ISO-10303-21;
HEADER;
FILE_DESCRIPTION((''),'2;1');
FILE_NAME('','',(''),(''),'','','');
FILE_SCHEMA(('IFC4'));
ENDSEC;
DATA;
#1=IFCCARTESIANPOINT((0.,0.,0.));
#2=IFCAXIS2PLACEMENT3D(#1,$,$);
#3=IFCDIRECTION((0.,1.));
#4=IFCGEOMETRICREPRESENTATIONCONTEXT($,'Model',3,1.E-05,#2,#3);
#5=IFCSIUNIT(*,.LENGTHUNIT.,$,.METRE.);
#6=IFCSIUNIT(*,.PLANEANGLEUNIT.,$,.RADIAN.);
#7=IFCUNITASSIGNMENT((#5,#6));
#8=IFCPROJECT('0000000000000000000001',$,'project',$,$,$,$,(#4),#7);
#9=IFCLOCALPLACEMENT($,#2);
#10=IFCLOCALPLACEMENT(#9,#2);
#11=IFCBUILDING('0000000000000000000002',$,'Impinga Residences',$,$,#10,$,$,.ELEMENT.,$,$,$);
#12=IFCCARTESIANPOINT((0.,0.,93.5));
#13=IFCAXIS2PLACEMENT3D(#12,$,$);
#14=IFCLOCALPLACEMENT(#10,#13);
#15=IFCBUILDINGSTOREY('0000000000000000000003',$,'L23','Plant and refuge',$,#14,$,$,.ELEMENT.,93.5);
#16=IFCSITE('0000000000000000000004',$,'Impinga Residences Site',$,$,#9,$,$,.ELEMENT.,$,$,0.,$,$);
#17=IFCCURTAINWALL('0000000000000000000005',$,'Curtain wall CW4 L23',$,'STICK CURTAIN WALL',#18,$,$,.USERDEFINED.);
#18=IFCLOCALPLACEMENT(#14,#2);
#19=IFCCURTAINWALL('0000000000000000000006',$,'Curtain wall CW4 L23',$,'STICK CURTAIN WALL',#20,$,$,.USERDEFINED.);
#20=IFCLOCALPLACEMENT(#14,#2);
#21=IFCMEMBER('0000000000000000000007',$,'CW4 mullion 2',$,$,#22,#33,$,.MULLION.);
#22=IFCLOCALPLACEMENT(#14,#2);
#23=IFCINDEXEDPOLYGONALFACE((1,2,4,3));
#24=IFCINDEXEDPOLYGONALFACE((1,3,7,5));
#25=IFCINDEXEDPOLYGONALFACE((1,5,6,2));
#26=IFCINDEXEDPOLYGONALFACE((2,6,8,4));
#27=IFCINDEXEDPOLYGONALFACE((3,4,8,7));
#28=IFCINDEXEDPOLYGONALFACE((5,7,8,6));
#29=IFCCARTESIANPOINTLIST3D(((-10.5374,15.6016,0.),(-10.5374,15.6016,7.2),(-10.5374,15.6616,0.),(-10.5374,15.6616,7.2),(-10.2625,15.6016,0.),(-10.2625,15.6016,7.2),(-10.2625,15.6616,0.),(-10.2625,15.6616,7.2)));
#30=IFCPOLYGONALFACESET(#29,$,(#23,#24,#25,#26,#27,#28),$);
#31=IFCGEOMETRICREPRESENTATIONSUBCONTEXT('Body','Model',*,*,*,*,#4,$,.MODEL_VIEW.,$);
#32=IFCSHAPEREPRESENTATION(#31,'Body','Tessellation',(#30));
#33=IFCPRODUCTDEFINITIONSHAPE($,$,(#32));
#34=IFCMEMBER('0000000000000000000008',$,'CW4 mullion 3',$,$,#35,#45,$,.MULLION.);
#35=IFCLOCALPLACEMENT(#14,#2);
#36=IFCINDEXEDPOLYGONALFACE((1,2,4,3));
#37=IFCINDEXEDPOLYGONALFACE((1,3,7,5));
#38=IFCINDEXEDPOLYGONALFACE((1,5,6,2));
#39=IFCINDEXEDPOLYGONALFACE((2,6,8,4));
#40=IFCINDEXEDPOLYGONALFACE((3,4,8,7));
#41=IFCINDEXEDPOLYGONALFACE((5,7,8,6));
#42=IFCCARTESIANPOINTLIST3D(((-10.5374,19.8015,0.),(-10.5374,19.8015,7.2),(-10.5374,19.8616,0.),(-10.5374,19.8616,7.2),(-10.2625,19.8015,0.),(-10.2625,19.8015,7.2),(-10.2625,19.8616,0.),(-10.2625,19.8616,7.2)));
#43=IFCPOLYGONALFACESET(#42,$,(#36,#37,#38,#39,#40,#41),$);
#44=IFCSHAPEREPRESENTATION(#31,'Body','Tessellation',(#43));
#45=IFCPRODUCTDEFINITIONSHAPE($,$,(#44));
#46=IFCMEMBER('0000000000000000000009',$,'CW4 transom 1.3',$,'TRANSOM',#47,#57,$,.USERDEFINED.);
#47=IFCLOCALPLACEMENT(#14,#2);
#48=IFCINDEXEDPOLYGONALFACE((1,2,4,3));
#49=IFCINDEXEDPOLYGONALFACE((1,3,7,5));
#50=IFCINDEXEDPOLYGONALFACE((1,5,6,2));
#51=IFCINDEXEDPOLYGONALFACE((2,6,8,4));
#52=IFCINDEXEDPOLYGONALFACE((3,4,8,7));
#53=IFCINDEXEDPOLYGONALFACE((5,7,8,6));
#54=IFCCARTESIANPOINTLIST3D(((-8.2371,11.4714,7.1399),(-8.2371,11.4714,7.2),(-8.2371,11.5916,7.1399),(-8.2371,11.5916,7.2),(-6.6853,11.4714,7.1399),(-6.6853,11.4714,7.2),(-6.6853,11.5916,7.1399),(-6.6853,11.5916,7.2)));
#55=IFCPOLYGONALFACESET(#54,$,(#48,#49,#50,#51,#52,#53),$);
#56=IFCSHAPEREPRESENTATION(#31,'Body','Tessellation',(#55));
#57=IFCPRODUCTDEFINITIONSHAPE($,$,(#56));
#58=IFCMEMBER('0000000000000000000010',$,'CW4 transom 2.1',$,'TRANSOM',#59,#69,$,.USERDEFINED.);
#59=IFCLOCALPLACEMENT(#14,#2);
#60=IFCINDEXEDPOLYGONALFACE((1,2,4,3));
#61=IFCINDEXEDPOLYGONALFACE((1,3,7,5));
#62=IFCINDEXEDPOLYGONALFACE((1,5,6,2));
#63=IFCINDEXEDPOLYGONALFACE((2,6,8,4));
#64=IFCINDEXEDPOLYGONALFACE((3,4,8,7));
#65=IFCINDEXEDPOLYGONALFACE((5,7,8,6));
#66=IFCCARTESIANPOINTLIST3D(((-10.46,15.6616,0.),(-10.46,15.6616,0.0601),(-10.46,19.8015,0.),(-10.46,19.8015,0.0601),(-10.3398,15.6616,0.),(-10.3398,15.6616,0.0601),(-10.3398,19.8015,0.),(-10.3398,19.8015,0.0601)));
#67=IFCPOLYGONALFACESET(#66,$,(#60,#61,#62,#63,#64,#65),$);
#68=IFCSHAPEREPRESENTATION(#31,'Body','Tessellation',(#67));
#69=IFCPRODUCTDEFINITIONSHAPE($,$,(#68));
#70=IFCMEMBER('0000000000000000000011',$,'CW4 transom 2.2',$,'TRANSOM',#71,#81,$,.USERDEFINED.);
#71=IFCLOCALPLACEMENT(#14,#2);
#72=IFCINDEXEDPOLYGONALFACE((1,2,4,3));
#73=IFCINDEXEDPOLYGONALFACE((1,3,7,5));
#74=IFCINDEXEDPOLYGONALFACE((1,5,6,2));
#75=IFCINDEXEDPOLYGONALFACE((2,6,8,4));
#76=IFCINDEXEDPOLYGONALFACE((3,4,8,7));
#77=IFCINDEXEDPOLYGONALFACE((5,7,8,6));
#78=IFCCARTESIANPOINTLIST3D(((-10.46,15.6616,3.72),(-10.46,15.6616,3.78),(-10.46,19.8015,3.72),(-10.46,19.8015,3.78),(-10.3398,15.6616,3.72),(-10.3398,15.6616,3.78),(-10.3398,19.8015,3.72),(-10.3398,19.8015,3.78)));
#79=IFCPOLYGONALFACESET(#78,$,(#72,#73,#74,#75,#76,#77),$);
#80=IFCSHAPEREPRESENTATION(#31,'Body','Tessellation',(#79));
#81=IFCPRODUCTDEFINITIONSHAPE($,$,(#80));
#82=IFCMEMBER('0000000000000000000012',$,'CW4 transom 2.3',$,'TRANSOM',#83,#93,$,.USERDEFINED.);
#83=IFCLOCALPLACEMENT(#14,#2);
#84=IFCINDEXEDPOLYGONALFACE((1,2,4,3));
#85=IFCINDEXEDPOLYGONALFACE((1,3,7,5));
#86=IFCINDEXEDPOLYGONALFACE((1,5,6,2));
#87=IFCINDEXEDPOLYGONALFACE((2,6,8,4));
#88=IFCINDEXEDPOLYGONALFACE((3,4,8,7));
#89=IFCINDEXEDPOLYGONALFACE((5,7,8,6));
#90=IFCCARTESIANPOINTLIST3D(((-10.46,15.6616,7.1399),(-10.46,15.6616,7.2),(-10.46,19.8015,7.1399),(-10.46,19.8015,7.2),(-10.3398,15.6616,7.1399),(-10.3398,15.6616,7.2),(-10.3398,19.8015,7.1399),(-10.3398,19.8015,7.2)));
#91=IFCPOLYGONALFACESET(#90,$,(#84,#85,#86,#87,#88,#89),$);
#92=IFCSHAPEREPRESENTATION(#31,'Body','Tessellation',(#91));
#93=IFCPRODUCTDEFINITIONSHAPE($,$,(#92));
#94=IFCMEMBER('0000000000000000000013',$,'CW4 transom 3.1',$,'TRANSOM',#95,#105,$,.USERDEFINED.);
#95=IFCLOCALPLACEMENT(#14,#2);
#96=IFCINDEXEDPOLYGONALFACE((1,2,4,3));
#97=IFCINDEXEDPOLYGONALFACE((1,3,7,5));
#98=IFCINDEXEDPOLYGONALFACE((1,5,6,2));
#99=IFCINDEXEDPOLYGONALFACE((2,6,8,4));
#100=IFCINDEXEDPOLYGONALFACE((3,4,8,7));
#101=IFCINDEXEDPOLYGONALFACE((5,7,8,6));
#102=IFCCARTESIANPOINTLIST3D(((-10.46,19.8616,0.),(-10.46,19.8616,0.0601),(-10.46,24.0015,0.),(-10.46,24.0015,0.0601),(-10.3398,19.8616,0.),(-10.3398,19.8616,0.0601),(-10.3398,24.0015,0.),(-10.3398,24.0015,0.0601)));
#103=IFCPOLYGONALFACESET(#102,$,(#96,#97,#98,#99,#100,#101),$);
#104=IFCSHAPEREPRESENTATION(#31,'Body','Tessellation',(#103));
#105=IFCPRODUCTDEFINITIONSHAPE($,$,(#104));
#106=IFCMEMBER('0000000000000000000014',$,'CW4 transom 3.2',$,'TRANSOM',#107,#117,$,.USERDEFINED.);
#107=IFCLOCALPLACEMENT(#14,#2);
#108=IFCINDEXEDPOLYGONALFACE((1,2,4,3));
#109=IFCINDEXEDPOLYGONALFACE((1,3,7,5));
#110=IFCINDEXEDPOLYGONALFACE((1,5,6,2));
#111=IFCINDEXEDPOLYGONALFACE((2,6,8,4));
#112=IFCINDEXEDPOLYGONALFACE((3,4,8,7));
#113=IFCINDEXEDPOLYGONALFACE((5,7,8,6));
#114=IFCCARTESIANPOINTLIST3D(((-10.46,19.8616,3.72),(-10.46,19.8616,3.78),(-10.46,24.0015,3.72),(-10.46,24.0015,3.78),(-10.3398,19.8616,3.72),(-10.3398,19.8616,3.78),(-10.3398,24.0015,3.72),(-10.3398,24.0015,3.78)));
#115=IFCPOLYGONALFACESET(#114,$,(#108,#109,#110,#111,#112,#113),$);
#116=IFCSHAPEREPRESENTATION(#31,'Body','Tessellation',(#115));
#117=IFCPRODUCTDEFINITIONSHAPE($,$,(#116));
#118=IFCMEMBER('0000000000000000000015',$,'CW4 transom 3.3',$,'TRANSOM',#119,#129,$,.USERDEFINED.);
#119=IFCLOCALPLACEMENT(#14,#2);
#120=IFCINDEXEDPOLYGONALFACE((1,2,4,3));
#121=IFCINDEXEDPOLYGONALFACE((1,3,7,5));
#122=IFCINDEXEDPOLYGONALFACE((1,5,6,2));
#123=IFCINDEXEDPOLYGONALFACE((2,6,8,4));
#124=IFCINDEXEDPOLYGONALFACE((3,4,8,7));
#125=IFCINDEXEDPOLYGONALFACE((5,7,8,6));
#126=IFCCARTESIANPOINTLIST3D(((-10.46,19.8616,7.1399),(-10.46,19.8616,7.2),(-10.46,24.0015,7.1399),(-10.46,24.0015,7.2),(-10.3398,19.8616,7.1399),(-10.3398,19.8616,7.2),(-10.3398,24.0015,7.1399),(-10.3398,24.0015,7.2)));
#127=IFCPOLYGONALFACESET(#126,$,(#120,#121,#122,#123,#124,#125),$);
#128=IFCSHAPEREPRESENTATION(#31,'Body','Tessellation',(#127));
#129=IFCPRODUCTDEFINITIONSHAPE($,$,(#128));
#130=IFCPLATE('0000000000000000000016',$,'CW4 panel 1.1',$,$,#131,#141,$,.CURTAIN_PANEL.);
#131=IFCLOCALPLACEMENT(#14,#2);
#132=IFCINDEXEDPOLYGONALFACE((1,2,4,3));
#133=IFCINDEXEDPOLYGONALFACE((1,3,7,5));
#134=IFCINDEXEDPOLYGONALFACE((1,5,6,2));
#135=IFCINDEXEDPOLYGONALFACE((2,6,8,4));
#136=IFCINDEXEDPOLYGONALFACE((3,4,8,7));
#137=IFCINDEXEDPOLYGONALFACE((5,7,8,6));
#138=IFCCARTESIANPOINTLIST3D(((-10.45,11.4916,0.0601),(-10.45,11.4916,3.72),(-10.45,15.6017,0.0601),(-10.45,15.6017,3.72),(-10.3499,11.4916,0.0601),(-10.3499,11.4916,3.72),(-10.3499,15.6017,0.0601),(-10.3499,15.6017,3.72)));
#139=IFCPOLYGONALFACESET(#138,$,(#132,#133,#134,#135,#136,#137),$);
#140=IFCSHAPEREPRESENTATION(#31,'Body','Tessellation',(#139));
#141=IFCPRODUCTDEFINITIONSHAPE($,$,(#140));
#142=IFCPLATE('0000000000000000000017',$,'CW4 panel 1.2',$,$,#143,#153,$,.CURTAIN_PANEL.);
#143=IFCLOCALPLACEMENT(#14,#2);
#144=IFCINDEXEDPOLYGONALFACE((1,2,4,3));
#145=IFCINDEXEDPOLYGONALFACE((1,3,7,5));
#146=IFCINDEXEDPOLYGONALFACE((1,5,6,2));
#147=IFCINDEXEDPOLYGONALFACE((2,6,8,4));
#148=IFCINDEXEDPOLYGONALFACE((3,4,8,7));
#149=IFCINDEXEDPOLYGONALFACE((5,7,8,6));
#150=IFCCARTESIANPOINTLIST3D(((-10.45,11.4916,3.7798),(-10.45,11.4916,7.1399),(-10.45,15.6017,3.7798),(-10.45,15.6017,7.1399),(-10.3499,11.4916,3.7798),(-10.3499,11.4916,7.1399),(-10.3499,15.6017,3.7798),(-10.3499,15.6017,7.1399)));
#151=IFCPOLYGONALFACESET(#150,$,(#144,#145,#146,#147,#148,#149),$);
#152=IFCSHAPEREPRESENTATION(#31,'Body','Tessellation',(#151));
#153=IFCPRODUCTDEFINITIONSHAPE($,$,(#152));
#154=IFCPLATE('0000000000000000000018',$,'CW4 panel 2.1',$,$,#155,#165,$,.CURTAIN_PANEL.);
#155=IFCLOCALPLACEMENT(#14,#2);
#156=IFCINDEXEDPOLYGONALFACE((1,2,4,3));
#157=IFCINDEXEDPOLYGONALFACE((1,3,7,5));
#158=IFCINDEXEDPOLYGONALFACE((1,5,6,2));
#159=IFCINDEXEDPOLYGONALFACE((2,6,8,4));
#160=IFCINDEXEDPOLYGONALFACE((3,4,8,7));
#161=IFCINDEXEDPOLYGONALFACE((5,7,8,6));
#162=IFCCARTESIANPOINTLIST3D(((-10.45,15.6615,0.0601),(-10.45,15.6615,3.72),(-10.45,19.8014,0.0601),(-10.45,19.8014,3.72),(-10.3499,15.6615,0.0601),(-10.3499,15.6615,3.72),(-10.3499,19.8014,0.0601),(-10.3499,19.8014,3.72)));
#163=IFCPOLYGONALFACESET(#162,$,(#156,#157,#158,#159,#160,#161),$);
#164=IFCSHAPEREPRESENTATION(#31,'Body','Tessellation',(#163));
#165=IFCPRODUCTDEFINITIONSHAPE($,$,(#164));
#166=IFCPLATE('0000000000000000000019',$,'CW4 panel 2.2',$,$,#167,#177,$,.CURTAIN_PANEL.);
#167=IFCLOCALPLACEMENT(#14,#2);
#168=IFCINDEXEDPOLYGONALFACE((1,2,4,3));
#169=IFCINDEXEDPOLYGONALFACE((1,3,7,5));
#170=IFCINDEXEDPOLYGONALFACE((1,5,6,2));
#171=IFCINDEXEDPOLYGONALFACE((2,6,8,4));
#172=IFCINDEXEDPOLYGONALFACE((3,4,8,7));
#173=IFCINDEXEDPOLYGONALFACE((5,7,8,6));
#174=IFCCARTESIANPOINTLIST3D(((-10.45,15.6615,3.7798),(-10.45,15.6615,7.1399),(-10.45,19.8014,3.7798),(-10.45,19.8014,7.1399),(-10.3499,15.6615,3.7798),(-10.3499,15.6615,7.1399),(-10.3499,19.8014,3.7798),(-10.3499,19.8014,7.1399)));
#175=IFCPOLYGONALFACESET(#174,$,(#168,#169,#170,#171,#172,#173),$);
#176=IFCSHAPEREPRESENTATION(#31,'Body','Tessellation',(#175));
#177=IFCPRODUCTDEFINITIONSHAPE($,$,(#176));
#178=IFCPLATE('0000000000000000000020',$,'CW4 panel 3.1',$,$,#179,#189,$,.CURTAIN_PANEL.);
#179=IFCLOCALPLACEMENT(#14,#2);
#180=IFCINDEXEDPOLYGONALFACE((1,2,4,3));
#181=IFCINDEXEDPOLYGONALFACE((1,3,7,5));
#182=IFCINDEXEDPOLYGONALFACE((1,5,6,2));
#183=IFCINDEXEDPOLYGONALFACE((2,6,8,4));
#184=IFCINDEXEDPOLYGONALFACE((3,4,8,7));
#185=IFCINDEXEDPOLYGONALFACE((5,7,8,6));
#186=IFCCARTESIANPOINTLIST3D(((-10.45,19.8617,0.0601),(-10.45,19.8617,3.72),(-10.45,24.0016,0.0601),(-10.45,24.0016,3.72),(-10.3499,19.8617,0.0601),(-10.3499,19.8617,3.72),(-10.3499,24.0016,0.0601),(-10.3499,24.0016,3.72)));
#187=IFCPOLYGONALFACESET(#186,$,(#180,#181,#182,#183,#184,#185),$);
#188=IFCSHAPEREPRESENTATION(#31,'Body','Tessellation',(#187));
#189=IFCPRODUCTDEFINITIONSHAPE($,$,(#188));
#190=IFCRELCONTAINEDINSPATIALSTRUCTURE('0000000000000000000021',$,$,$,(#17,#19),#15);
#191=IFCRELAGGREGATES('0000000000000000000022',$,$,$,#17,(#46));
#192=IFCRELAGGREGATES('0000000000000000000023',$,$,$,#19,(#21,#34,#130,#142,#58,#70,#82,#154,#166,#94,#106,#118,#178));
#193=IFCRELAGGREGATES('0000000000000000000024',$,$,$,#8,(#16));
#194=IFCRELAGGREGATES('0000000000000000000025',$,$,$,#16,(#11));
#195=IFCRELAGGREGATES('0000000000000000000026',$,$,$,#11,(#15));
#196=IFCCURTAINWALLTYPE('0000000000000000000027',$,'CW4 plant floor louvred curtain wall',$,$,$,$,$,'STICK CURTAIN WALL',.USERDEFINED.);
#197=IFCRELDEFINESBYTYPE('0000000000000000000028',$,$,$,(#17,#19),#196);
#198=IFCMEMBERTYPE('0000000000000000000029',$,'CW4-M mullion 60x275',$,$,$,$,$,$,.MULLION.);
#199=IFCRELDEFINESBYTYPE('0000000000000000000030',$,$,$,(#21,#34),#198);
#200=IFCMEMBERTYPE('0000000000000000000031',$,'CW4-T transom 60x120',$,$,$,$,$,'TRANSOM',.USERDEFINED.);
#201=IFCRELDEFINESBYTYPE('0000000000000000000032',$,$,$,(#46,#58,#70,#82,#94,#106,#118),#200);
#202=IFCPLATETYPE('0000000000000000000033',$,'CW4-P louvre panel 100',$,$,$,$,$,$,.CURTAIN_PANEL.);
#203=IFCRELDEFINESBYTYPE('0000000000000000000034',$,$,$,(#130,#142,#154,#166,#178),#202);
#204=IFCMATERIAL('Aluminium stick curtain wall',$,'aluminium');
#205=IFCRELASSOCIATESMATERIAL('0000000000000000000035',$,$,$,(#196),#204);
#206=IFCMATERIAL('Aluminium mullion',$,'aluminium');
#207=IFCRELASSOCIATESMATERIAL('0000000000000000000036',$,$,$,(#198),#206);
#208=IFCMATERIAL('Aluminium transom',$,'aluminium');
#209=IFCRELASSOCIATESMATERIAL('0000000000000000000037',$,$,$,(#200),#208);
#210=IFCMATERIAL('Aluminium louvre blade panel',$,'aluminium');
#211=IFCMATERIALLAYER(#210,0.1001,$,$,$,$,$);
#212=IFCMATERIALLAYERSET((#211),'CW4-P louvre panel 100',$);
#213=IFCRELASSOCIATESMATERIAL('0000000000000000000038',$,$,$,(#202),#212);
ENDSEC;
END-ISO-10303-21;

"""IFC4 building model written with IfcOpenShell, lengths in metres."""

from ifc_helpers import new_model, si_unit, direction, frame, origin, origin_2d, place, context, subcontext, project, spatial, rectangle, extrude, material, layer, layer_set, material_profile, profile_set, type_object, element, aggregate, save


model = new_model("IFC4")

# Units and contexts
model_context = context("Model", 3, precision=1e-05, world=origin(), true_north=direction((0.0, 1.0)))
body_context = subcontext(model_context, "Body", "Model", "MODEL_VIEW")
ifc_project = project(units=[si_unit("LENGTHUNIT", "METRE"), si_unit("PLANEANGLEUNIT", "RADIAN")], contexts=[model_context])

# Site, building, storey
site_placement = place(None, origin())
site = spatial("IfcSite", under=ifc_project, at=site_placement, Name="Impinga Residences Site", CompositionType="ELEMENT", RefElevation=0.0)
building_placement = place(site_placement, origin())
building = spatial("IfcBuilding", under=site, at=building_placement, Name="Impinga Residences", CompositionType="ELEMENT")
storey_placement = place(building_placement, frame((0.0, 0.0, 93.5)))
storey = spatial("IfcBuildingStorey", under=building, at=storey_placement, Name="L23", Description="Plant and refuge", CompositionType="ELEMENT", Elevation=93.5)

# Curtain wall
ifc_material_1 = material(Name="Aluminium stick curtain wall", Category="aluminium")
curtain_wall_type = type_object("IfcCurtainWallType", Name="CW4 plant floor louvred curtain wall", ElementType="STICK CURTAIN WALL", PredefinedType="USERDEFINED", material=ifc_material_1)
curtain_wall_1_placement = place(storey_placement, origin())
curtain_wall_1 = element("IfcCurtainWall", 1, at=curtain_wall_1_placement, inside=storey, type_object=curtain_wall_type, Name="Curtain wall CW4 L23", ObjectType="STICK CURTAIN WALL", PredefinedType="USERDEFINED")
ifc_material_2 = material(Name="Aluminium mullion", Category="aluminium")
ifc_material_profile_1 = material_profile(ifc_material_2, rectangle(XDim=0.0601, YDim=0.2749, at=origin_2d()), Name="60x275 mullion")
ifc_profile_set_1 = profile_set([ifc_material_profile_1], Name="Aluminium mullion")
member_type_1 = type_object("IfcMemberType", Name="CW4-M mullion 60x275", PredefinedType="MULLION", material=ifc_profile_set_1)

# Curtain wall, members
curtain_wall_2_placement = place(storey_placement, origin())
curtain_wall_2 = element("IfcCurtainWall", 2, at=curtain_wall_2_placement, inside=storey, type_object=curtain_wall_type, Name="Curtain wall CW4 L23", ObjectType="STICK CURTAIN WALL", PredefinedType="USERDEFINED")
member_1_placement = place(storey_placement, frame((-10.3999, 15.6316, 0.0), z_axis=(0.0, 0.0, 1.0), x_axis=(0.0, 1.0, 0.0)))
member_1 = element("IfcMember", 3, at=member_1_placement, type_object=member_type_1, Name="CW4 mullion 2", PredefinedType="MULLION", context=body_context, shape_type="SweptSolid", body=[
    extrude(rectangle(XDim=0.0601, YDim=0.2749, at=origin_2d()), origin(), (0.0, 0.0, 1.0), 7.2),
])
member_2_placement = place(storey_placement, frame((-10.3999, 19.8315, 0.0), z_axis=(0.0, 0.0, 1.0), x_axis=(0.0, 1.0, 0.0)))
member_2 = element("IfcMember", 4, at=member_2_placement, type_object=member_type_1, Name="CW4 mullion 3", PredefinedType="MULLION", context=body_context, shape_type="SweptSolid", body=[
    extrude(rectangle(XDim=0.0601, YDim=0.2749, at=origin_2d()), origin(), (0.0, 0.0, 1.0), 7.2),
])

# Members
ifc_material_3 = material(Name="Aluminium transom", Category="aluminium")
ifc_material_profile_2 = material_profile(ifc_material_3, rectangle(XDim=0.0601, YDim=0.1201, at=origin_2d()), Name="60x120 transom")
ifc_profile_set_2 = profile_set([ifc_material_profile_2], Name="Aluminium transom")
member_type_2 = type_object("IfcMemberType", Name="CW4-T transom 60x120", ElementType="TRANSOM", PredefinedType="USERDEFINED", material=ifc_profile_set_2)
member_3_placement = place(storey_placement, frame((-6.6853, 11.5315, 7.1699), z_axis=(-1.0, 0.0, 0.0), x_axis=(0.0, 0.0, 1.0)))
member_3 = element("IfcMember", 5, at=member_3_placement, type_object=member_type_2, Name="CW4 transom 1.3", ObjectType="TRANSOM", PredefinedType="USERDEFINED", context=body_context, shape_type="SweptSolid", body=[
    extrude(rectangle(XDim=0.0601, YDim=0.1201, at=origin_2d()), origin(), (0.0, 0.0, 1.0), 1.5518),
])
aggregate(curtain_wall_1, [member_3])
member_4_placement = place(storey_placement, frame((-10.3999, 15.6616, 0.03), z_axis=(0.0, 1.0, 0.0), x_axis=(0.0, 0.0, 1.0)))
member_4 = element("IfcMember", 6, at=member_4_placement, type_object=member_type_2, Name="CW4 transom 2.1", ObjectType="TRANSOM", PredefinedType="USERDEFINED", context=body_context, shape_type="SweptSolid", body=[
    extrude(rectangle(XDim=0.0601, YDim=0.1201, at=origin_2d()), origin(), (0.0, 0.0, 1.0), 4.1399),
])
member_5_placement = place(storey_placement, frame((-10.3999, 15.6616, 3.75), z_axis=(0.0, 1.0, 0.0), x_axis=(0.0, 0.0, 1.0)))
member_5 = element("IfcMember", 7, at=member_5_placement, type_object=member_type_2, Name="CW4 transom 2.2", ObjectType="TRANSOM", PredefinedType="USERDEFINED", context=body_context, shape_type="SweptSolid", body=[
    extrude(rectangle(XDim=0.0601, YDim=0.1201, at=origin_2d()), origin(), (0.0, 0.0, 1.0), 4.1399),
])
member_6_placement = place(storey_placement, frame((-10.3999, 15.6616, 7.1699), z_axis=(0.0, 1.0, 0.0), x_axis=(0.0, 0.0, 1.0)))
member_6 = element("IfcMember", 8, at=member_6_placement, type_object=member_type_2, Name="CW4 transom 2.3", ObjectType="TRANSOM", PredefinedType="USERDEFINED", context=body_context, shape_type="SweptSolid", body=[
    extrude(rectangle(XDim=0.0601, YDim=0.1201, at=origin_2d()), origin(), (0.0, 0.0, 1.0), 4.1399),
])
member_7_placement = place(storey_placement, frame((-10.3999, 19.8616, 0.03), z_axis=(0.0, 1.0, 0.0), x_axis=(0.0, 0.0, 1.0)))
member_7 = element("IfcMember", 9, at=member_7_placement, type_object=member_type_2, Name="CW4 transom 3.1", ObjectType="TRANSOM", PredefinedType="USERDEFINED", context=body_context, shape_type="SweptSolid", body=[
    extrude(rectangle(XDim=0.0601, YDim=0.1201, at=origin_2d()), origin(), (0.0, 0.0, 1.0), 4.1399),
])
member_8_placement = place(storey_placement, frame((-10.3999, 19.8616, 3.75), z_axis=(0.0, 1.0, 0.0), x_axis=(0.0, 0.0, 1.0)))
member_8 = element("IfcMember", 10, at=member_8_placement, type_object=member_type_2, Name="CW4 transom 3.2", ObjectType="TRANSOM", PredefinedType="USERDEFINED", context=body_context, shape_type="SweptSolid", body=[
    extrude(rectangle(XDim=0.0601, YDim=0.1201, at=origin_2d()), origin(), (0.0, 0.0, 1.0), 4.1399),
])
member_9_placement = place(storey_placement, frame((-10.3999, 19.8616, 7.1699), z_axis=(0.0, 1.0, 0.0), x_axis=(0.0, 0.0, 1.0)))
member_9 = element("IfcMember", 11, at=member_9_placement, type_object=member_type_2, Name="CW4 transom 3.3", ObjectType="TRANSOM", PredefinedType="USERDEFINED", context=body_context, shape_type="SweptSolid", body=[
    extrude(rectangle(XDim=0.0601, YDim=0.1201, at=origin_2d()), origin(), (0.0, 0.0, 1.0), 4.1399),
])

# Plates
ifc_material_4 = material(Name="Aluminium louvre blade panel", Category="aluminium")
ifc_layer_1 = layer(ifc_material_4, 0.1001)
ifc_layer_set_1 = layer_set([ifc_layer_1], Name="CW4-P louvre panel 100")
plate_type = type_object("IfcPlateType", Name="CW4-P louvre panel 100", PredefinedType="CURTAIN_PANEL", material=ifc_layer_set_1)
plate_1_placement = place(storey_placement, frame((-10.3999, 13.5466, 0.0601), z_axis=(0.0, 0.0, 1.0), x_axis=(0.0, 1.0, 0.0)))
plate_1 = element("IfcPlate", 12, at=plate_1_placement, type_object=plate_type, Name="CW4 panel 1.1", PredefinedType="CURTAIN_PANEL", context=body_context, shape_type="SweptSolid", body=[
    extrude(rectangle(XDim=4.1101, YDim=0.1001, at=origin_2d()), origin(), (0.0, 0.0, 1.0), 3.6599),
])
plate_2_placement = place(storey_placement, frame((-10.3999, 13.5466, 3.7798), z_axis=(0.0, 0.0, 1.0), x_axis=(0.0, 1.0, 0.0)))
plate_2 = element("IfcPlate", 13, at=plate_2_placement, type_object=plate_type, Name="CW4 panel 1.2", PredefinedType="CURTAIN_PANEL", context=body_context, shape_type="SweptSolid", body=[
    extrude(rectangle(XDim=4.1101, YDim=0.1001, at=origin_2d()), origin(), (0.0, 0.0, 1.0), 3.3601),
])
plate_3_placement = place(storey_placement, frame((-10.3999, 17.7314, 0.0601), z_axis=(0.0, 0.0, 1.0), x_axis=(0.0, 1.0, 0.0)))
plate_3 = element("IfcPlate", 14, at=plate_3_placement, type_object=plate_type, Name="CW4 panel 2.1", PredefinedType="CURTAIN_PANEL", context=body_context, shape_type="SweptSolid", body=[
    extrude(rectangle(XDim=4.1399, YDim=0.1001, at=origin_2d()), origin(), (0.0, 0.0, 1.0), 3.6599),
])
plate_4_placement = place(storey_placement, frame((-10.3999, 17.7314, 3.7798), z_axis=(0.0, 0.0, 1.0), x_axis=(0.0, 1.0, 0.0)))
plate_4 = element("IfcPlate", 15, at=plate_4_placement, type_object=plate_type, Name="CW4 panel 2.2", PredefinedType="CURTAIN_PANEL", context=body_context, shape_type="SweptSolid", body=[
    extrude(rectangle(XDim=4.1399, YDim=0.1001, at=origin_2d()), origin(), (0.0, 0.0, 1.0), 3.3601),
])
plate_5_placement = place(storey_placement, frame((-10.3999, 21.9316, 0.0601), z_axis=(0.0, 0.0, 1.0), x_axis=(0.0, 1.0, 0.0)))
plate_5 = element("IfcPlate", 16, at=plate_5_placement, type_object=plate_type, Name="CW4 panel 3.1", PredefinedType="CURTAIN_PANEL", context=body_context, shape_type="SweptSolid", body=[
    extrude(rectangle(XDim=4.1399, YDim=0.1001, at=origin_2d()), origin(), (0.0, 0.0, 1.0), 3.6599),
])
aggregate(curtain_wall_2, [member_1, member_2, plate_1, plate_2, member_4, member_5, member_6, plate_3, plate_4, member_7, member_8, member_9, plate_5])

save(model, "model.ifc")
